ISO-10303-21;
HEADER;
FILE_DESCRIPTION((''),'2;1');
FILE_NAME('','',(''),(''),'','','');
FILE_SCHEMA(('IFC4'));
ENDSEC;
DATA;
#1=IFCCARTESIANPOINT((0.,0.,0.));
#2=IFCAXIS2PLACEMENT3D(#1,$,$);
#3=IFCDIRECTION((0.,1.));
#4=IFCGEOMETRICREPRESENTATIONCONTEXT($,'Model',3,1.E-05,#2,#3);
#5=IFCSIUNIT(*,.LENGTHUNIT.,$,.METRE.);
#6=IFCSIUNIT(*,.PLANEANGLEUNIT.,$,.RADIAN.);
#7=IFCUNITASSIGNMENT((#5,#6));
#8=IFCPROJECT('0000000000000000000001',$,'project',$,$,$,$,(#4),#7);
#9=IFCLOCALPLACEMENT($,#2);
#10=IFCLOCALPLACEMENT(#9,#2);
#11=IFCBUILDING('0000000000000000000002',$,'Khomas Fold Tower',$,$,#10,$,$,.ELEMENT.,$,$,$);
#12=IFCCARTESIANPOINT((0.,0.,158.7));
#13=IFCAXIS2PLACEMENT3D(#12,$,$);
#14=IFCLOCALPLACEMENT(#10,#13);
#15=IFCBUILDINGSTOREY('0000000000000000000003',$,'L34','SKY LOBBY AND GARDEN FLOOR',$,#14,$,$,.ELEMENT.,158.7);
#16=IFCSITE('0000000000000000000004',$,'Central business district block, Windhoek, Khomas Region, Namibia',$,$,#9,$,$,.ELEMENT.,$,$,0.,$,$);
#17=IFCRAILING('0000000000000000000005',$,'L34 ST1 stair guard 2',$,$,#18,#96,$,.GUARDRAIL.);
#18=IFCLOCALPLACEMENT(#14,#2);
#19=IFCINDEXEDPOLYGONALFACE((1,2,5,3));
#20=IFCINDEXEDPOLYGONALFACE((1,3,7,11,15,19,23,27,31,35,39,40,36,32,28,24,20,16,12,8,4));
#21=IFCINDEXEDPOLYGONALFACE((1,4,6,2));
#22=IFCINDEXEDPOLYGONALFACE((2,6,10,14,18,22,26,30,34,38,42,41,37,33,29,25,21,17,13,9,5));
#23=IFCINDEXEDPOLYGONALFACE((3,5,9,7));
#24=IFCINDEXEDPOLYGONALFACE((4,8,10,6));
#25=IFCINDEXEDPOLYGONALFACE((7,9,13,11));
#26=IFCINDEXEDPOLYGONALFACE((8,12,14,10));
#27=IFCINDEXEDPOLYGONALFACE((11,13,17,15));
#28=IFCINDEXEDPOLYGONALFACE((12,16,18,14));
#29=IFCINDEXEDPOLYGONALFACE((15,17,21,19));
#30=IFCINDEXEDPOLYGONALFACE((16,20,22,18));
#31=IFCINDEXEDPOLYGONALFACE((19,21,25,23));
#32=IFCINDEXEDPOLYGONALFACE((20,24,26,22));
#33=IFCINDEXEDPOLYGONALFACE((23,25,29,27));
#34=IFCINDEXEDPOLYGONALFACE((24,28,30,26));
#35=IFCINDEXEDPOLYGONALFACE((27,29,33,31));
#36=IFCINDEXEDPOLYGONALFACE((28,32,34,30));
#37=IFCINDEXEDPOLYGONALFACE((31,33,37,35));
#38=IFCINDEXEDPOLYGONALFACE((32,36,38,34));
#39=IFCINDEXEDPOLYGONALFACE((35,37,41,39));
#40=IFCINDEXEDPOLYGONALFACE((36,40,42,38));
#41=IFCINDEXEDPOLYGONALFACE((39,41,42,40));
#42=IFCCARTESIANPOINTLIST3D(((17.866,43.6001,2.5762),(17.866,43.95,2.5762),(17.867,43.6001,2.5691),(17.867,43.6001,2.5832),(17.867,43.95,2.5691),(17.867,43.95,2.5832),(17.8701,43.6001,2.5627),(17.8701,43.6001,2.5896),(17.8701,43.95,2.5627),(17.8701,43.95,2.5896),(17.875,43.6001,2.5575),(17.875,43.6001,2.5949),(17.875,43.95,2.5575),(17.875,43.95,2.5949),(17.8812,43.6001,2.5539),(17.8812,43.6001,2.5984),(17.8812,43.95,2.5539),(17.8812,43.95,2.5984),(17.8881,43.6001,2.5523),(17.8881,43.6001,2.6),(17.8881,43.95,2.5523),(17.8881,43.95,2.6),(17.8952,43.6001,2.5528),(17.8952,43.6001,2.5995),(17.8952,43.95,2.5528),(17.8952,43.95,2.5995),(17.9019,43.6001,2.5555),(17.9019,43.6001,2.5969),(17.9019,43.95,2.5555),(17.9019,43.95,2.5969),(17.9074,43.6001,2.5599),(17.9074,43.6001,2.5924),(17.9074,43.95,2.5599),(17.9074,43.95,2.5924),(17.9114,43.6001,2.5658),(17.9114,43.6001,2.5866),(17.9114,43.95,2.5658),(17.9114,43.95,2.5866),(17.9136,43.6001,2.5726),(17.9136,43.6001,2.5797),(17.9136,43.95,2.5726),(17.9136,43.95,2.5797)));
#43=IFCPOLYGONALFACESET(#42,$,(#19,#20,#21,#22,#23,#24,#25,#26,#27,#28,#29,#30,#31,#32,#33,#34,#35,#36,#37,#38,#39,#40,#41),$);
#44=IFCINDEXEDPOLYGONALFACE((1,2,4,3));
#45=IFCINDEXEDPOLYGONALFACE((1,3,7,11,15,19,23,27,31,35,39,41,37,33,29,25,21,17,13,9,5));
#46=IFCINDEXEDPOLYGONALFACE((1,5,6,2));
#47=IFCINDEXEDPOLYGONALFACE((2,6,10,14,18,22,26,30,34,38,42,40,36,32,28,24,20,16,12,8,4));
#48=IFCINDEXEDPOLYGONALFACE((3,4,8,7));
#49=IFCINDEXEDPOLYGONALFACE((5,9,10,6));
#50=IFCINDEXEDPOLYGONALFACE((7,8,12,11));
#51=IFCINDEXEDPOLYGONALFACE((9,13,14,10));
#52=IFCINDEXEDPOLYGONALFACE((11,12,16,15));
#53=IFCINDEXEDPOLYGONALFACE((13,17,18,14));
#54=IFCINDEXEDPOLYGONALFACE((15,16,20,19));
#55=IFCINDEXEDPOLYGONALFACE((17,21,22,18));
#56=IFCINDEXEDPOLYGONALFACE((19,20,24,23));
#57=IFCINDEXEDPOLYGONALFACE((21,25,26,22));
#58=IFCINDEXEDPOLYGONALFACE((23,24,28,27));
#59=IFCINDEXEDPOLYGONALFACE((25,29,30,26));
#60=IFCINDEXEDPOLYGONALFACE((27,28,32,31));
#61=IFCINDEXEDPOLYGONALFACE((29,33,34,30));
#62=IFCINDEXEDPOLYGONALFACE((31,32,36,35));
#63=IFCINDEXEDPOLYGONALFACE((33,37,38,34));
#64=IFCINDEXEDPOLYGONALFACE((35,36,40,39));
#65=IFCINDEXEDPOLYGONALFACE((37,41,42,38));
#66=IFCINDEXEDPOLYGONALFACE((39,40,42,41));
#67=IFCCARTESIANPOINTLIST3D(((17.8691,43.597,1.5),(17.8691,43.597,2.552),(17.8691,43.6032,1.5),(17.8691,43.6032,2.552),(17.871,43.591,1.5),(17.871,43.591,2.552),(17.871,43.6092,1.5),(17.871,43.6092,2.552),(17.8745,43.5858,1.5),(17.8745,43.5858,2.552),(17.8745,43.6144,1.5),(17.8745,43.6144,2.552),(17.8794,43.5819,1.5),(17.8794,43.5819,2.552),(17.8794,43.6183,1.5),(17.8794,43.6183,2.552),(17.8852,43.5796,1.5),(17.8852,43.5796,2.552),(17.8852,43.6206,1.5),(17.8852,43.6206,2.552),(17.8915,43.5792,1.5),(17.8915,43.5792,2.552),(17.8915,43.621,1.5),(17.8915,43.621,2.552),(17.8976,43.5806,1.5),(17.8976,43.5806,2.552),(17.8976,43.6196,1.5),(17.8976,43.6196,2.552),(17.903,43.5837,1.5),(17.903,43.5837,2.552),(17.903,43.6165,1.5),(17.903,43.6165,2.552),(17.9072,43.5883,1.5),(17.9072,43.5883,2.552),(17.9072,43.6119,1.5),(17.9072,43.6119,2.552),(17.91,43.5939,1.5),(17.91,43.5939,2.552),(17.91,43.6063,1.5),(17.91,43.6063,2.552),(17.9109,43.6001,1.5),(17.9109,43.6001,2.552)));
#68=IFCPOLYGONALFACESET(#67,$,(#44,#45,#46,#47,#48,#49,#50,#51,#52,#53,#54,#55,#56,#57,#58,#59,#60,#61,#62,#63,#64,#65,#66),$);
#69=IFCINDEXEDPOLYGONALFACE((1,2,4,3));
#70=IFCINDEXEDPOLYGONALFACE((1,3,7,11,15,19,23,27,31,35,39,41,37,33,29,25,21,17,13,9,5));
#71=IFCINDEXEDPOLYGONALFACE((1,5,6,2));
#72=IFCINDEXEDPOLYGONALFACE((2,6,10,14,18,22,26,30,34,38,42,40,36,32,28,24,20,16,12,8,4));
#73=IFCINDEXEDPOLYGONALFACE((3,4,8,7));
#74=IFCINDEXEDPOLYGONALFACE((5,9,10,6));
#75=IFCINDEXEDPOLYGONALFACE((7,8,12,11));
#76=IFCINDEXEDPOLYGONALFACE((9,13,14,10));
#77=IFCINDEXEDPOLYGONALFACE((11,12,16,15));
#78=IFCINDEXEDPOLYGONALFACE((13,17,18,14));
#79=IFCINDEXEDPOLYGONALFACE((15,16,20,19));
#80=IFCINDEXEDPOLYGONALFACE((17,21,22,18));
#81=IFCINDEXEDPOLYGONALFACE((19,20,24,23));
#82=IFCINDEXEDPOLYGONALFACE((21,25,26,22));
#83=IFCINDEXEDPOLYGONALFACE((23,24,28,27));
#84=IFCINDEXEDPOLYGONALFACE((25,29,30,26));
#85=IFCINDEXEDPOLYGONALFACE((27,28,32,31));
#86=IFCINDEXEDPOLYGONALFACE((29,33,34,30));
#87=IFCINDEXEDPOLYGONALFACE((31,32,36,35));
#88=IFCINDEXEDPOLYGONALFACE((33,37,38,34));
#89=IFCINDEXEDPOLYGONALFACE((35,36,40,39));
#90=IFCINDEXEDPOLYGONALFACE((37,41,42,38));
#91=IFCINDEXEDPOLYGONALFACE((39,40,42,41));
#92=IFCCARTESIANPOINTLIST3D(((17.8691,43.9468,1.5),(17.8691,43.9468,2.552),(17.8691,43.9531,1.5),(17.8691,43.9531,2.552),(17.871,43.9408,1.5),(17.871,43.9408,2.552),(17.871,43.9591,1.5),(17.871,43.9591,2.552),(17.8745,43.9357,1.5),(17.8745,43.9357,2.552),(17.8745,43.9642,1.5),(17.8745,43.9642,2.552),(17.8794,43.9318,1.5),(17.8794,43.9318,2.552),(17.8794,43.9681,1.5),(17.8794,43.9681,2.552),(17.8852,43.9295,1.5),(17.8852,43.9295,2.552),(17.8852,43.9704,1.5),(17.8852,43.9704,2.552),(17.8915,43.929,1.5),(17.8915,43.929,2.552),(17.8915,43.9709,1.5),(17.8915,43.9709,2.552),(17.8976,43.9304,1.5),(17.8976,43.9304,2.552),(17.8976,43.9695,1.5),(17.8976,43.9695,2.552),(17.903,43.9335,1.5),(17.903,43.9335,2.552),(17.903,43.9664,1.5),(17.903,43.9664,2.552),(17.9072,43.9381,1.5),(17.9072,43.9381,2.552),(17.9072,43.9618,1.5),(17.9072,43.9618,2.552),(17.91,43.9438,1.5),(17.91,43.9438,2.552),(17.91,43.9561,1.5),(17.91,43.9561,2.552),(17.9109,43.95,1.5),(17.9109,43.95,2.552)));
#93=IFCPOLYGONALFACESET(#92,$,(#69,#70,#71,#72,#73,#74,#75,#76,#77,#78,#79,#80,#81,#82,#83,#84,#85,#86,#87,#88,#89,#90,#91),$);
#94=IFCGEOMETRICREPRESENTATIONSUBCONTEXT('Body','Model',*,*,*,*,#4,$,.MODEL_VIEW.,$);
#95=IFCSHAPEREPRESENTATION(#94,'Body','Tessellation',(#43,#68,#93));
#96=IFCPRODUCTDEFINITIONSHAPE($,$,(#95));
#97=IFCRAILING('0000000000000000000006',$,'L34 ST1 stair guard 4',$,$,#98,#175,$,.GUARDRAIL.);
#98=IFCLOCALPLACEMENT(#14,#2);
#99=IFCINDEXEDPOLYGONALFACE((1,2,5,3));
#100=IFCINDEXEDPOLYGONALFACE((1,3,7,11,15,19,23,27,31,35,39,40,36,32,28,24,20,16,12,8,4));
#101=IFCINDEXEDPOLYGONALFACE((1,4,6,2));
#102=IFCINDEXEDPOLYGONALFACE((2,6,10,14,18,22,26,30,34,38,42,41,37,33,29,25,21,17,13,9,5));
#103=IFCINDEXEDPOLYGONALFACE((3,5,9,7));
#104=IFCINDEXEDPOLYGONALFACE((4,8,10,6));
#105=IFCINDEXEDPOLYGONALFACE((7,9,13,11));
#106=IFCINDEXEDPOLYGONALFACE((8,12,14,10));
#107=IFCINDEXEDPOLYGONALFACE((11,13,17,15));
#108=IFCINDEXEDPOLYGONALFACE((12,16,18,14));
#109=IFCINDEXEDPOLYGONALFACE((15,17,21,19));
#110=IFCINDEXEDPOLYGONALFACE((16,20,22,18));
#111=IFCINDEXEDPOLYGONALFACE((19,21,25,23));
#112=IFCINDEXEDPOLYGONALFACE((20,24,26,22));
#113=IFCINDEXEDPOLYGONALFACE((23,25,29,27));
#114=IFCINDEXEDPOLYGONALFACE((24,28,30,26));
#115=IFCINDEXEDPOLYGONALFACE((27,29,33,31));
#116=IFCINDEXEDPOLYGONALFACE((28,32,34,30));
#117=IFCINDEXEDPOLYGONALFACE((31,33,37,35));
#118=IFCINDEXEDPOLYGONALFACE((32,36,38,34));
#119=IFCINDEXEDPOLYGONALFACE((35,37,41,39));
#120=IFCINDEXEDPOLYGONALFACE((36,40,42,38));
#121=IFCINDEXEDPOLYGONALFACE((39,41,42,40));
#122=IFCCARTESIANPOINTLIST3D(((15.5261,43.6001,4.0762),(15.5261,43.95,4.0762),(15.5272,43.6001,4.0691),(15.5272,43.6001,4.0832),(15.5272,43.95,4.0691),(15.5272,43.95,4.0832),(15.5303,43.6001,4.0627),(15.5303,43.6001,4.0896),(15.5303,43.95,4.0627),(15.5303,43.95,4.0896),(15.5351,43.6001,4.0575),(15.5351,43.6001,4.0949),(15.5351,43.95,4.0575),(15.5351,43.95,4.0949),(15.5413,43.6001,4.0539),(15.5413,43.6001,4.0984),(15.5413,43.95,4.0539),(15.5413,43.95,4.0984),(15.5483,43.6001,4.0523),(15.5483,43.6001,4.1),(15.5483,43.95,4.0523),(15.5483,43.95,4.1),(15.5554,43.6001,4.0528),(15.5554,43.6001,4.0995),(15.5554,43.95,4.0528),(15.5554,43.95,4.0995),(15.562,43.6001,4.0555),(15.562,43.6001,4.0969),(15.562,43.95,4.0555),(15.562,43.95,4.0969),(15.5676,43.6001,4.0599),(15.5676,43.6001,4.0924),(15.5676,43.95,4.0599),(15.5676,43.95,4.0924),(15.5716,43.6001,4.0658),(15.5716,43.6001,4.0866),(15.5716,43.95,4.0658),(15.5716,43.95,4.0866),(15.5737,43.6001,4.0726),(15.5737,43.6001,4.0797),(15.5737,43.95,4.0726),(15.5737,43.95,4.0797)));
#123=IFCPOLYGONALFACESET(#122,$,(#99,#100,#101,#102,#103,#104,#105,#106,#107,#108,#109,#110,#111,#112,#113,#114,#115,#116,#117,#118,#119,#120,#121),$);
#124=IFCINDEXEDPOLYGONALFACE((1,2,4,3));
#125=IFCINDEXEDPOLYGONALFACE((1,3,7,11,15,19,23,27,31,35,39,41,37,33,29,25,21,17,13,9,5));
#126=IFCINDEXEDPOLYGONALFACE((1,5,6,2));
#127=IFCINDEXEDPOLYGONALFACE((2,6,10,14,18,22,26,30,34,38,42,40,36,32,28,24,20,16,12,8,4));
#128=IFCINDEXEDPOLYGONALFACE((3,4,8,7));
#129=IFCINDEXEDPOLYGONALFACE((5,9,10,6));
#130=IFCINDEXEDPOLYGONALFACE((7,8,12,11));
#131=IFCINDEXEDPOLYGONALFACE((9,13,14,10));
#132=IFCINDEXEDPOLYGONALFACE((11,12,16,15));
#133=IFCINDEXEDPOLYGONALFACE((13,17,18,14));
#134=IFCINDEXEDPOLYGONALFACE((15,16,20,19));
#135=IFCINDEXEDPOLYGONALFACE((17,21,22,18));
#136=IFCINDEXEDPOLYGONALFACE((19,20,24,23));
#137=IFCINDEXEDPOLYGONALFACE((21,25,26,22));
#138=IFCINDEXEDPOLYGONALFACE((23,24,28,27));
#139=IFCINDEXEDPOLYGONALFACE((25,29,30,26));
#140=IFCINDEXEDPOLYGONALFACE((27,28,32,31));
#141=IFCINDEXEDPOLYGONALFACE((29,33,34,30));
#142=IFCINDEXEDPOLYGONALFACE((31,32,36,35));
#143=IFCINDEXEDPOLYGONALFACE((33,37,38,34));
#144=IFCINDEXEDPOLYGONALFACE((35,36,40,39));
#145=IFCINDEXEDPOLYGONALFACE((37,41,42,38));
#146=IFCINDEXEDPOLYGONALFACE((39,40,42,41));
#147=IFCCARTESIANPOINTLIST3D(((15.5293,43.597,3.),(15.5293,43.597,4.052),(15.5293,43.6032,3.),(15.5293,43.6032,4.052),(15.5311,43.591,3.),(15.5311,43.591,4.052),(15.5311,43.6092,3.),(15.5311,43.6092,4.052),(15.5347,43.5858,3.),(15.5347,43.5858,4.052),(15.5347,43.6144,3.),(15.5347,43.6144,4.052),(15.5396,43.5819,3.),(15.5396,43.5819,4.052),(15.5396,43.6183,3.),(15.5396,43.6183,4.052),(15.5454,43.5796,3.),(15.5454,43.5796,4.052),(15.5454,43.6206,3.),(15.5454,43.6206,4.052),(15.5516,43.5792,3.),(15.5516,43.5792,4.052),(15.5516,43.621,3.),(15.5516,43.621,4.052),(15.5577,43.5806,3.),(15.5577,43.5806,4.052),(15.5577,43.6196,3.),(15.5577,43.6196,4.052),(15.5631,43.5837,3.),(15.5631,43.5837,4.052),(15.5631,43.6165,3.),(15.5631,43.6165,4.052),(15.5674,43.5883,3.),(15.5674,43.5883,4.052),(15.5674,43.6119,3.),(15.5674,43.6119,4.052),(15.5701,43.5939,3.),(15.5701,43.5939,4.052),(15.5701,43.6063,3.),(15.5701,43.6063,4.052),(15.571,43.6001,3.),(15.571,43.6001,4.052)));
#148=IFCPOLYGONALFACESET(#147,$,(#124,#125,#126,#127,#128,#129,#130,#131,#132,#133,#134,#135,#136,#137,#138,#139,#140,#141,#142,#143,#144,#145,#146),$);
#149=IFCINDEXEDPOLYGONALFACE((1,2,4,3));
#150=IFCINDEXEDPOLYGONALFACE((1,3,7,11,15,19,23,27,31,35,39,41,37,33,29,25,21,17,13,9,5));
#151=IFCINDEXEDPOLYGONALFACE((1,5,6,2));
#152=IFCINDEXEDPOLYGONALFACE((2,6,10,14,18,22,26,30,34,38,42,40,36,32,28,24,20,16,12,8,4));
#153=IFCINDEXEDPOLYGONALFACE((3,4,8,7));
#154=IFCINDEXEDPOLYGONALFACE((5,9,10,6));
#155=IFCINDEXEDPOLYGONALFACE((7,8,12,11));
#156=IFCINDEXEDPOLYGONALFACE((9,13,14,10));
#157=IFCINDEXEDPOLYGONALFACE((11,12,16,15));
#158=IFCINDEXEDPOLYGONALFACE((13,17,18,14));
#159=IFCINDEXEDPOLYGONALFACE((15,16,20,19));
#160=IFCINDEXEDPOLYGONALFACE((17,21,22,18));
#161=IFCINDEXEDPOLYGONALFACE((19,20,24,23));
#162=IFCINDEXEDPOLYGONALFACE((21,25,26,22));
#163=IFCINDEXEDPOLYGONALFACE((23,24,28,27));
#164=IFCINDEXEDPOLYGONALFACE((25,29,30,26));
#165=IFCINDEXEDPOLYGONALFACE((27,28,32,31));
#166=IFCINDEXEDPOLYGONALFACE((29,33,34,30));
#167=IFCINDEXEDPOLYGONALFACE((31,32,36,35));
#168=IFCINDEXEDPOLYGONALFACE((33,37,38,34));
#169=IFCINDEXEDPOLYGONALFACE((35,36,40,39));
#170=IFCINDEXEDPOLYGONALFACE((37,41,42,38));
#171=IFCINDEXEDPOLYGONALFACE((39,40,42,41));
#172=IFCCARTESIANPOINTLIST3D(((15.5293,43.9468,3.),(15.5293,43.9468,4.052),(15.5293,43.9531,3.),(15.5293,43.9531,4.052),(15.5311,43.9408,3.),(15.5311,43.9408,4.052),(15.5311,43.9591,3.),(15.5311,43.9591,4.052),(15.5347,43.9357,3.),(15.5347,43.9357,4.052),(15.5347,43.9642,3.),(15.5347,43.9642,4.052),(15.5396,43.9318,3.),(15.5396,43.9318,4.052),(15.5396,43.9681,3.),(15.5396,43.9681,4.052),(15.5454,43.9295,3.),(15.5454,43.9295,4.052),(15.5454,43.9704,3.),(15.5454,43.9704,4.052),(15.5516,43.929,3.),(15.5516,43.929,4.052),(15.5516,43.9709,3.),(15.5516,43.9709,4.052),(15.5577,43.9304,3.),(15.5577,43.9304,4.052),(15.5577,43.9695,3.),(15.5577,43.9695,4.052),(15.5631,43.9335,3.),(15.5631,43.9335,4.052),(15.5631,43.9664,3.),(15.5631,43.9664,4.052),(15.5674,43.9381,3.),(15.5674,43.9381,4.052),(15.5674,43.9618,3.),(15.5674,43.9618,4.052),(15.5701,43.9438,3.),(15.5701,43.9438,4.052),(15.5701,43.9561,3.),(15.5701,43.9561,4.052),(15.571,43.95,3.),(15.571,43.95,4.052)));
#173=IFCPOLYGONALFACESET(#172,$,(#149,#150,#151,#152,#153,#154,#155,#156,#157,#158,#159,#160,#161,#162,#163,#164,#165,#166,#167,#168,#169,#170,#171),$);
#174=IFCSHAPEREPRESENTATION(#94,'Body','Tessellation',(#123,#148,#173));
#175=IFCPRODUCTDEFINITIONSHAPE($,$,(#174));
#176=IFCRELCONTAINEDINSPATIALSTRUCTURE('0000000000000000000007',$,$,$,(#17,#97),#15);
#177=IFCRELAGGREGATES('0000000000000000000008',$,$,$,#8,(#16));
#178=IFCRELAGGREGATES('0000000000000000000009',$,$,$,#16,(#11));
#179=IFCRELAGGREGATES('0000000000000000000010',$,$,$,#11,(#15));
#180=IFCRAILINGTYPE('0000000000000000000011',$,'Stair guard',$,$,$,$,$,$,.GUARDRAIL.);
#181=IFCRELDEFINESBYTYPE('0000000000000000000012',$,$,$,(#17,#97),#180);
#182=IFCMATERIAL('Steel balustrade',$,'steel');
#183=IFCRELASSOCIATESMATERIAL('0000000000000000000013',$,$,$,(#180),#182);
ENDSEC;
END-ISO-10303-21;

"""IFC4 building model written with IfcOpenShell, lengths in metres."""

from ifc_helpers import new_model, si_unit, direction, frame, origin, origin_2d, place, context, subcontext, project, spatial, circle, extrude, source, transform, mapped, material, type_object, element, save


model = new_model("IFC4")

# Units and contexts
model_context = context("Model", 3, precision=1e-05, world=origin(), true_north=direction((0.0, 1.0)))
body_context = subcontext(model_context, "Body", "Model", "MODEL_VIEW")
ifc_project = project(units=[si_unit("LENGTHUNIT", "METRE"), si_unit("PLANEANGLEUNIT", "RADIAN")], contexts=[model_context])

# Site, building, storey
site_placement = place(None, origin())
site = spatial("IfcSite", under=ifc_project, at=site_placement, Name="Central business district block, Windhoek, Khomas Region, Namibia", CompositionType="ELEMENT", RefElevation=0.0)
building_placement = place(site_placement, origin())
building = spatial("IfcBuilding", under=site, at=building_placement, Name="Khomas Fold Tower", CompositionType="ELEMENT")
storey_placement = place(building_placement, frame((0.0, 0.0, 158.7)))
storey = spatial("IfcBuildingStorey", under=building, at=storey_placement, Name="L34", Description="SKY LOBBY AND GARDEN FLOOR", CompositionType="ELEMENT", Elevation=158.7)

# Railings
ifc_material_1 = material(Name="Steel balustrade", Category="steel")
railing_type_1 = type_object("IfcRailingType", Name="Stair guard", PredefinedType="GUARDRAIL", material=ifc_material_1)
shared_shape_1 = source(origin(), body_context, "Body", "SweptSolid", [
    extrude(circle(Radius=0.0239, at=origin_2d()), frame((0.0, 0.0, 1.0762), z_axis=(0.0, 1.0, 0.0), x_axis=(-1.0, 0.0, 0.0)), (0.0, 0.0, 1.0), 0.3499),
    extrude(circle(Radius=0.021, at=origin_2d()), origin(), (0.0, 0.0, 1.0), 1.052),
    extrude(circle(Radius=0.021, at=origin_2d()), frame((0.0, 0.3499, 0.0)), (0.0, 0.0, 1.0), 1.052),
])
for number, where, name in (
    (1, (17.8899, 43.6001, 1.5), "L34 ST1 stair guard 2"),
    (2, (15.55, 43.6001, 3.0), "L34 ST1 stair guard 4"),
):
    element("IfcRailing", number, at=place(storey_placement, frame(where)), inside=storey, type_object=railing_type_1, Name=name, PredefinedType="GUARDRAIL", context=body_context, shape_type="MappedRepresentation", body=[
        mapped(shared_shape_1, transform((0.0, 0.0, 0.0))),
    ])

save(model, "model.ifc")
